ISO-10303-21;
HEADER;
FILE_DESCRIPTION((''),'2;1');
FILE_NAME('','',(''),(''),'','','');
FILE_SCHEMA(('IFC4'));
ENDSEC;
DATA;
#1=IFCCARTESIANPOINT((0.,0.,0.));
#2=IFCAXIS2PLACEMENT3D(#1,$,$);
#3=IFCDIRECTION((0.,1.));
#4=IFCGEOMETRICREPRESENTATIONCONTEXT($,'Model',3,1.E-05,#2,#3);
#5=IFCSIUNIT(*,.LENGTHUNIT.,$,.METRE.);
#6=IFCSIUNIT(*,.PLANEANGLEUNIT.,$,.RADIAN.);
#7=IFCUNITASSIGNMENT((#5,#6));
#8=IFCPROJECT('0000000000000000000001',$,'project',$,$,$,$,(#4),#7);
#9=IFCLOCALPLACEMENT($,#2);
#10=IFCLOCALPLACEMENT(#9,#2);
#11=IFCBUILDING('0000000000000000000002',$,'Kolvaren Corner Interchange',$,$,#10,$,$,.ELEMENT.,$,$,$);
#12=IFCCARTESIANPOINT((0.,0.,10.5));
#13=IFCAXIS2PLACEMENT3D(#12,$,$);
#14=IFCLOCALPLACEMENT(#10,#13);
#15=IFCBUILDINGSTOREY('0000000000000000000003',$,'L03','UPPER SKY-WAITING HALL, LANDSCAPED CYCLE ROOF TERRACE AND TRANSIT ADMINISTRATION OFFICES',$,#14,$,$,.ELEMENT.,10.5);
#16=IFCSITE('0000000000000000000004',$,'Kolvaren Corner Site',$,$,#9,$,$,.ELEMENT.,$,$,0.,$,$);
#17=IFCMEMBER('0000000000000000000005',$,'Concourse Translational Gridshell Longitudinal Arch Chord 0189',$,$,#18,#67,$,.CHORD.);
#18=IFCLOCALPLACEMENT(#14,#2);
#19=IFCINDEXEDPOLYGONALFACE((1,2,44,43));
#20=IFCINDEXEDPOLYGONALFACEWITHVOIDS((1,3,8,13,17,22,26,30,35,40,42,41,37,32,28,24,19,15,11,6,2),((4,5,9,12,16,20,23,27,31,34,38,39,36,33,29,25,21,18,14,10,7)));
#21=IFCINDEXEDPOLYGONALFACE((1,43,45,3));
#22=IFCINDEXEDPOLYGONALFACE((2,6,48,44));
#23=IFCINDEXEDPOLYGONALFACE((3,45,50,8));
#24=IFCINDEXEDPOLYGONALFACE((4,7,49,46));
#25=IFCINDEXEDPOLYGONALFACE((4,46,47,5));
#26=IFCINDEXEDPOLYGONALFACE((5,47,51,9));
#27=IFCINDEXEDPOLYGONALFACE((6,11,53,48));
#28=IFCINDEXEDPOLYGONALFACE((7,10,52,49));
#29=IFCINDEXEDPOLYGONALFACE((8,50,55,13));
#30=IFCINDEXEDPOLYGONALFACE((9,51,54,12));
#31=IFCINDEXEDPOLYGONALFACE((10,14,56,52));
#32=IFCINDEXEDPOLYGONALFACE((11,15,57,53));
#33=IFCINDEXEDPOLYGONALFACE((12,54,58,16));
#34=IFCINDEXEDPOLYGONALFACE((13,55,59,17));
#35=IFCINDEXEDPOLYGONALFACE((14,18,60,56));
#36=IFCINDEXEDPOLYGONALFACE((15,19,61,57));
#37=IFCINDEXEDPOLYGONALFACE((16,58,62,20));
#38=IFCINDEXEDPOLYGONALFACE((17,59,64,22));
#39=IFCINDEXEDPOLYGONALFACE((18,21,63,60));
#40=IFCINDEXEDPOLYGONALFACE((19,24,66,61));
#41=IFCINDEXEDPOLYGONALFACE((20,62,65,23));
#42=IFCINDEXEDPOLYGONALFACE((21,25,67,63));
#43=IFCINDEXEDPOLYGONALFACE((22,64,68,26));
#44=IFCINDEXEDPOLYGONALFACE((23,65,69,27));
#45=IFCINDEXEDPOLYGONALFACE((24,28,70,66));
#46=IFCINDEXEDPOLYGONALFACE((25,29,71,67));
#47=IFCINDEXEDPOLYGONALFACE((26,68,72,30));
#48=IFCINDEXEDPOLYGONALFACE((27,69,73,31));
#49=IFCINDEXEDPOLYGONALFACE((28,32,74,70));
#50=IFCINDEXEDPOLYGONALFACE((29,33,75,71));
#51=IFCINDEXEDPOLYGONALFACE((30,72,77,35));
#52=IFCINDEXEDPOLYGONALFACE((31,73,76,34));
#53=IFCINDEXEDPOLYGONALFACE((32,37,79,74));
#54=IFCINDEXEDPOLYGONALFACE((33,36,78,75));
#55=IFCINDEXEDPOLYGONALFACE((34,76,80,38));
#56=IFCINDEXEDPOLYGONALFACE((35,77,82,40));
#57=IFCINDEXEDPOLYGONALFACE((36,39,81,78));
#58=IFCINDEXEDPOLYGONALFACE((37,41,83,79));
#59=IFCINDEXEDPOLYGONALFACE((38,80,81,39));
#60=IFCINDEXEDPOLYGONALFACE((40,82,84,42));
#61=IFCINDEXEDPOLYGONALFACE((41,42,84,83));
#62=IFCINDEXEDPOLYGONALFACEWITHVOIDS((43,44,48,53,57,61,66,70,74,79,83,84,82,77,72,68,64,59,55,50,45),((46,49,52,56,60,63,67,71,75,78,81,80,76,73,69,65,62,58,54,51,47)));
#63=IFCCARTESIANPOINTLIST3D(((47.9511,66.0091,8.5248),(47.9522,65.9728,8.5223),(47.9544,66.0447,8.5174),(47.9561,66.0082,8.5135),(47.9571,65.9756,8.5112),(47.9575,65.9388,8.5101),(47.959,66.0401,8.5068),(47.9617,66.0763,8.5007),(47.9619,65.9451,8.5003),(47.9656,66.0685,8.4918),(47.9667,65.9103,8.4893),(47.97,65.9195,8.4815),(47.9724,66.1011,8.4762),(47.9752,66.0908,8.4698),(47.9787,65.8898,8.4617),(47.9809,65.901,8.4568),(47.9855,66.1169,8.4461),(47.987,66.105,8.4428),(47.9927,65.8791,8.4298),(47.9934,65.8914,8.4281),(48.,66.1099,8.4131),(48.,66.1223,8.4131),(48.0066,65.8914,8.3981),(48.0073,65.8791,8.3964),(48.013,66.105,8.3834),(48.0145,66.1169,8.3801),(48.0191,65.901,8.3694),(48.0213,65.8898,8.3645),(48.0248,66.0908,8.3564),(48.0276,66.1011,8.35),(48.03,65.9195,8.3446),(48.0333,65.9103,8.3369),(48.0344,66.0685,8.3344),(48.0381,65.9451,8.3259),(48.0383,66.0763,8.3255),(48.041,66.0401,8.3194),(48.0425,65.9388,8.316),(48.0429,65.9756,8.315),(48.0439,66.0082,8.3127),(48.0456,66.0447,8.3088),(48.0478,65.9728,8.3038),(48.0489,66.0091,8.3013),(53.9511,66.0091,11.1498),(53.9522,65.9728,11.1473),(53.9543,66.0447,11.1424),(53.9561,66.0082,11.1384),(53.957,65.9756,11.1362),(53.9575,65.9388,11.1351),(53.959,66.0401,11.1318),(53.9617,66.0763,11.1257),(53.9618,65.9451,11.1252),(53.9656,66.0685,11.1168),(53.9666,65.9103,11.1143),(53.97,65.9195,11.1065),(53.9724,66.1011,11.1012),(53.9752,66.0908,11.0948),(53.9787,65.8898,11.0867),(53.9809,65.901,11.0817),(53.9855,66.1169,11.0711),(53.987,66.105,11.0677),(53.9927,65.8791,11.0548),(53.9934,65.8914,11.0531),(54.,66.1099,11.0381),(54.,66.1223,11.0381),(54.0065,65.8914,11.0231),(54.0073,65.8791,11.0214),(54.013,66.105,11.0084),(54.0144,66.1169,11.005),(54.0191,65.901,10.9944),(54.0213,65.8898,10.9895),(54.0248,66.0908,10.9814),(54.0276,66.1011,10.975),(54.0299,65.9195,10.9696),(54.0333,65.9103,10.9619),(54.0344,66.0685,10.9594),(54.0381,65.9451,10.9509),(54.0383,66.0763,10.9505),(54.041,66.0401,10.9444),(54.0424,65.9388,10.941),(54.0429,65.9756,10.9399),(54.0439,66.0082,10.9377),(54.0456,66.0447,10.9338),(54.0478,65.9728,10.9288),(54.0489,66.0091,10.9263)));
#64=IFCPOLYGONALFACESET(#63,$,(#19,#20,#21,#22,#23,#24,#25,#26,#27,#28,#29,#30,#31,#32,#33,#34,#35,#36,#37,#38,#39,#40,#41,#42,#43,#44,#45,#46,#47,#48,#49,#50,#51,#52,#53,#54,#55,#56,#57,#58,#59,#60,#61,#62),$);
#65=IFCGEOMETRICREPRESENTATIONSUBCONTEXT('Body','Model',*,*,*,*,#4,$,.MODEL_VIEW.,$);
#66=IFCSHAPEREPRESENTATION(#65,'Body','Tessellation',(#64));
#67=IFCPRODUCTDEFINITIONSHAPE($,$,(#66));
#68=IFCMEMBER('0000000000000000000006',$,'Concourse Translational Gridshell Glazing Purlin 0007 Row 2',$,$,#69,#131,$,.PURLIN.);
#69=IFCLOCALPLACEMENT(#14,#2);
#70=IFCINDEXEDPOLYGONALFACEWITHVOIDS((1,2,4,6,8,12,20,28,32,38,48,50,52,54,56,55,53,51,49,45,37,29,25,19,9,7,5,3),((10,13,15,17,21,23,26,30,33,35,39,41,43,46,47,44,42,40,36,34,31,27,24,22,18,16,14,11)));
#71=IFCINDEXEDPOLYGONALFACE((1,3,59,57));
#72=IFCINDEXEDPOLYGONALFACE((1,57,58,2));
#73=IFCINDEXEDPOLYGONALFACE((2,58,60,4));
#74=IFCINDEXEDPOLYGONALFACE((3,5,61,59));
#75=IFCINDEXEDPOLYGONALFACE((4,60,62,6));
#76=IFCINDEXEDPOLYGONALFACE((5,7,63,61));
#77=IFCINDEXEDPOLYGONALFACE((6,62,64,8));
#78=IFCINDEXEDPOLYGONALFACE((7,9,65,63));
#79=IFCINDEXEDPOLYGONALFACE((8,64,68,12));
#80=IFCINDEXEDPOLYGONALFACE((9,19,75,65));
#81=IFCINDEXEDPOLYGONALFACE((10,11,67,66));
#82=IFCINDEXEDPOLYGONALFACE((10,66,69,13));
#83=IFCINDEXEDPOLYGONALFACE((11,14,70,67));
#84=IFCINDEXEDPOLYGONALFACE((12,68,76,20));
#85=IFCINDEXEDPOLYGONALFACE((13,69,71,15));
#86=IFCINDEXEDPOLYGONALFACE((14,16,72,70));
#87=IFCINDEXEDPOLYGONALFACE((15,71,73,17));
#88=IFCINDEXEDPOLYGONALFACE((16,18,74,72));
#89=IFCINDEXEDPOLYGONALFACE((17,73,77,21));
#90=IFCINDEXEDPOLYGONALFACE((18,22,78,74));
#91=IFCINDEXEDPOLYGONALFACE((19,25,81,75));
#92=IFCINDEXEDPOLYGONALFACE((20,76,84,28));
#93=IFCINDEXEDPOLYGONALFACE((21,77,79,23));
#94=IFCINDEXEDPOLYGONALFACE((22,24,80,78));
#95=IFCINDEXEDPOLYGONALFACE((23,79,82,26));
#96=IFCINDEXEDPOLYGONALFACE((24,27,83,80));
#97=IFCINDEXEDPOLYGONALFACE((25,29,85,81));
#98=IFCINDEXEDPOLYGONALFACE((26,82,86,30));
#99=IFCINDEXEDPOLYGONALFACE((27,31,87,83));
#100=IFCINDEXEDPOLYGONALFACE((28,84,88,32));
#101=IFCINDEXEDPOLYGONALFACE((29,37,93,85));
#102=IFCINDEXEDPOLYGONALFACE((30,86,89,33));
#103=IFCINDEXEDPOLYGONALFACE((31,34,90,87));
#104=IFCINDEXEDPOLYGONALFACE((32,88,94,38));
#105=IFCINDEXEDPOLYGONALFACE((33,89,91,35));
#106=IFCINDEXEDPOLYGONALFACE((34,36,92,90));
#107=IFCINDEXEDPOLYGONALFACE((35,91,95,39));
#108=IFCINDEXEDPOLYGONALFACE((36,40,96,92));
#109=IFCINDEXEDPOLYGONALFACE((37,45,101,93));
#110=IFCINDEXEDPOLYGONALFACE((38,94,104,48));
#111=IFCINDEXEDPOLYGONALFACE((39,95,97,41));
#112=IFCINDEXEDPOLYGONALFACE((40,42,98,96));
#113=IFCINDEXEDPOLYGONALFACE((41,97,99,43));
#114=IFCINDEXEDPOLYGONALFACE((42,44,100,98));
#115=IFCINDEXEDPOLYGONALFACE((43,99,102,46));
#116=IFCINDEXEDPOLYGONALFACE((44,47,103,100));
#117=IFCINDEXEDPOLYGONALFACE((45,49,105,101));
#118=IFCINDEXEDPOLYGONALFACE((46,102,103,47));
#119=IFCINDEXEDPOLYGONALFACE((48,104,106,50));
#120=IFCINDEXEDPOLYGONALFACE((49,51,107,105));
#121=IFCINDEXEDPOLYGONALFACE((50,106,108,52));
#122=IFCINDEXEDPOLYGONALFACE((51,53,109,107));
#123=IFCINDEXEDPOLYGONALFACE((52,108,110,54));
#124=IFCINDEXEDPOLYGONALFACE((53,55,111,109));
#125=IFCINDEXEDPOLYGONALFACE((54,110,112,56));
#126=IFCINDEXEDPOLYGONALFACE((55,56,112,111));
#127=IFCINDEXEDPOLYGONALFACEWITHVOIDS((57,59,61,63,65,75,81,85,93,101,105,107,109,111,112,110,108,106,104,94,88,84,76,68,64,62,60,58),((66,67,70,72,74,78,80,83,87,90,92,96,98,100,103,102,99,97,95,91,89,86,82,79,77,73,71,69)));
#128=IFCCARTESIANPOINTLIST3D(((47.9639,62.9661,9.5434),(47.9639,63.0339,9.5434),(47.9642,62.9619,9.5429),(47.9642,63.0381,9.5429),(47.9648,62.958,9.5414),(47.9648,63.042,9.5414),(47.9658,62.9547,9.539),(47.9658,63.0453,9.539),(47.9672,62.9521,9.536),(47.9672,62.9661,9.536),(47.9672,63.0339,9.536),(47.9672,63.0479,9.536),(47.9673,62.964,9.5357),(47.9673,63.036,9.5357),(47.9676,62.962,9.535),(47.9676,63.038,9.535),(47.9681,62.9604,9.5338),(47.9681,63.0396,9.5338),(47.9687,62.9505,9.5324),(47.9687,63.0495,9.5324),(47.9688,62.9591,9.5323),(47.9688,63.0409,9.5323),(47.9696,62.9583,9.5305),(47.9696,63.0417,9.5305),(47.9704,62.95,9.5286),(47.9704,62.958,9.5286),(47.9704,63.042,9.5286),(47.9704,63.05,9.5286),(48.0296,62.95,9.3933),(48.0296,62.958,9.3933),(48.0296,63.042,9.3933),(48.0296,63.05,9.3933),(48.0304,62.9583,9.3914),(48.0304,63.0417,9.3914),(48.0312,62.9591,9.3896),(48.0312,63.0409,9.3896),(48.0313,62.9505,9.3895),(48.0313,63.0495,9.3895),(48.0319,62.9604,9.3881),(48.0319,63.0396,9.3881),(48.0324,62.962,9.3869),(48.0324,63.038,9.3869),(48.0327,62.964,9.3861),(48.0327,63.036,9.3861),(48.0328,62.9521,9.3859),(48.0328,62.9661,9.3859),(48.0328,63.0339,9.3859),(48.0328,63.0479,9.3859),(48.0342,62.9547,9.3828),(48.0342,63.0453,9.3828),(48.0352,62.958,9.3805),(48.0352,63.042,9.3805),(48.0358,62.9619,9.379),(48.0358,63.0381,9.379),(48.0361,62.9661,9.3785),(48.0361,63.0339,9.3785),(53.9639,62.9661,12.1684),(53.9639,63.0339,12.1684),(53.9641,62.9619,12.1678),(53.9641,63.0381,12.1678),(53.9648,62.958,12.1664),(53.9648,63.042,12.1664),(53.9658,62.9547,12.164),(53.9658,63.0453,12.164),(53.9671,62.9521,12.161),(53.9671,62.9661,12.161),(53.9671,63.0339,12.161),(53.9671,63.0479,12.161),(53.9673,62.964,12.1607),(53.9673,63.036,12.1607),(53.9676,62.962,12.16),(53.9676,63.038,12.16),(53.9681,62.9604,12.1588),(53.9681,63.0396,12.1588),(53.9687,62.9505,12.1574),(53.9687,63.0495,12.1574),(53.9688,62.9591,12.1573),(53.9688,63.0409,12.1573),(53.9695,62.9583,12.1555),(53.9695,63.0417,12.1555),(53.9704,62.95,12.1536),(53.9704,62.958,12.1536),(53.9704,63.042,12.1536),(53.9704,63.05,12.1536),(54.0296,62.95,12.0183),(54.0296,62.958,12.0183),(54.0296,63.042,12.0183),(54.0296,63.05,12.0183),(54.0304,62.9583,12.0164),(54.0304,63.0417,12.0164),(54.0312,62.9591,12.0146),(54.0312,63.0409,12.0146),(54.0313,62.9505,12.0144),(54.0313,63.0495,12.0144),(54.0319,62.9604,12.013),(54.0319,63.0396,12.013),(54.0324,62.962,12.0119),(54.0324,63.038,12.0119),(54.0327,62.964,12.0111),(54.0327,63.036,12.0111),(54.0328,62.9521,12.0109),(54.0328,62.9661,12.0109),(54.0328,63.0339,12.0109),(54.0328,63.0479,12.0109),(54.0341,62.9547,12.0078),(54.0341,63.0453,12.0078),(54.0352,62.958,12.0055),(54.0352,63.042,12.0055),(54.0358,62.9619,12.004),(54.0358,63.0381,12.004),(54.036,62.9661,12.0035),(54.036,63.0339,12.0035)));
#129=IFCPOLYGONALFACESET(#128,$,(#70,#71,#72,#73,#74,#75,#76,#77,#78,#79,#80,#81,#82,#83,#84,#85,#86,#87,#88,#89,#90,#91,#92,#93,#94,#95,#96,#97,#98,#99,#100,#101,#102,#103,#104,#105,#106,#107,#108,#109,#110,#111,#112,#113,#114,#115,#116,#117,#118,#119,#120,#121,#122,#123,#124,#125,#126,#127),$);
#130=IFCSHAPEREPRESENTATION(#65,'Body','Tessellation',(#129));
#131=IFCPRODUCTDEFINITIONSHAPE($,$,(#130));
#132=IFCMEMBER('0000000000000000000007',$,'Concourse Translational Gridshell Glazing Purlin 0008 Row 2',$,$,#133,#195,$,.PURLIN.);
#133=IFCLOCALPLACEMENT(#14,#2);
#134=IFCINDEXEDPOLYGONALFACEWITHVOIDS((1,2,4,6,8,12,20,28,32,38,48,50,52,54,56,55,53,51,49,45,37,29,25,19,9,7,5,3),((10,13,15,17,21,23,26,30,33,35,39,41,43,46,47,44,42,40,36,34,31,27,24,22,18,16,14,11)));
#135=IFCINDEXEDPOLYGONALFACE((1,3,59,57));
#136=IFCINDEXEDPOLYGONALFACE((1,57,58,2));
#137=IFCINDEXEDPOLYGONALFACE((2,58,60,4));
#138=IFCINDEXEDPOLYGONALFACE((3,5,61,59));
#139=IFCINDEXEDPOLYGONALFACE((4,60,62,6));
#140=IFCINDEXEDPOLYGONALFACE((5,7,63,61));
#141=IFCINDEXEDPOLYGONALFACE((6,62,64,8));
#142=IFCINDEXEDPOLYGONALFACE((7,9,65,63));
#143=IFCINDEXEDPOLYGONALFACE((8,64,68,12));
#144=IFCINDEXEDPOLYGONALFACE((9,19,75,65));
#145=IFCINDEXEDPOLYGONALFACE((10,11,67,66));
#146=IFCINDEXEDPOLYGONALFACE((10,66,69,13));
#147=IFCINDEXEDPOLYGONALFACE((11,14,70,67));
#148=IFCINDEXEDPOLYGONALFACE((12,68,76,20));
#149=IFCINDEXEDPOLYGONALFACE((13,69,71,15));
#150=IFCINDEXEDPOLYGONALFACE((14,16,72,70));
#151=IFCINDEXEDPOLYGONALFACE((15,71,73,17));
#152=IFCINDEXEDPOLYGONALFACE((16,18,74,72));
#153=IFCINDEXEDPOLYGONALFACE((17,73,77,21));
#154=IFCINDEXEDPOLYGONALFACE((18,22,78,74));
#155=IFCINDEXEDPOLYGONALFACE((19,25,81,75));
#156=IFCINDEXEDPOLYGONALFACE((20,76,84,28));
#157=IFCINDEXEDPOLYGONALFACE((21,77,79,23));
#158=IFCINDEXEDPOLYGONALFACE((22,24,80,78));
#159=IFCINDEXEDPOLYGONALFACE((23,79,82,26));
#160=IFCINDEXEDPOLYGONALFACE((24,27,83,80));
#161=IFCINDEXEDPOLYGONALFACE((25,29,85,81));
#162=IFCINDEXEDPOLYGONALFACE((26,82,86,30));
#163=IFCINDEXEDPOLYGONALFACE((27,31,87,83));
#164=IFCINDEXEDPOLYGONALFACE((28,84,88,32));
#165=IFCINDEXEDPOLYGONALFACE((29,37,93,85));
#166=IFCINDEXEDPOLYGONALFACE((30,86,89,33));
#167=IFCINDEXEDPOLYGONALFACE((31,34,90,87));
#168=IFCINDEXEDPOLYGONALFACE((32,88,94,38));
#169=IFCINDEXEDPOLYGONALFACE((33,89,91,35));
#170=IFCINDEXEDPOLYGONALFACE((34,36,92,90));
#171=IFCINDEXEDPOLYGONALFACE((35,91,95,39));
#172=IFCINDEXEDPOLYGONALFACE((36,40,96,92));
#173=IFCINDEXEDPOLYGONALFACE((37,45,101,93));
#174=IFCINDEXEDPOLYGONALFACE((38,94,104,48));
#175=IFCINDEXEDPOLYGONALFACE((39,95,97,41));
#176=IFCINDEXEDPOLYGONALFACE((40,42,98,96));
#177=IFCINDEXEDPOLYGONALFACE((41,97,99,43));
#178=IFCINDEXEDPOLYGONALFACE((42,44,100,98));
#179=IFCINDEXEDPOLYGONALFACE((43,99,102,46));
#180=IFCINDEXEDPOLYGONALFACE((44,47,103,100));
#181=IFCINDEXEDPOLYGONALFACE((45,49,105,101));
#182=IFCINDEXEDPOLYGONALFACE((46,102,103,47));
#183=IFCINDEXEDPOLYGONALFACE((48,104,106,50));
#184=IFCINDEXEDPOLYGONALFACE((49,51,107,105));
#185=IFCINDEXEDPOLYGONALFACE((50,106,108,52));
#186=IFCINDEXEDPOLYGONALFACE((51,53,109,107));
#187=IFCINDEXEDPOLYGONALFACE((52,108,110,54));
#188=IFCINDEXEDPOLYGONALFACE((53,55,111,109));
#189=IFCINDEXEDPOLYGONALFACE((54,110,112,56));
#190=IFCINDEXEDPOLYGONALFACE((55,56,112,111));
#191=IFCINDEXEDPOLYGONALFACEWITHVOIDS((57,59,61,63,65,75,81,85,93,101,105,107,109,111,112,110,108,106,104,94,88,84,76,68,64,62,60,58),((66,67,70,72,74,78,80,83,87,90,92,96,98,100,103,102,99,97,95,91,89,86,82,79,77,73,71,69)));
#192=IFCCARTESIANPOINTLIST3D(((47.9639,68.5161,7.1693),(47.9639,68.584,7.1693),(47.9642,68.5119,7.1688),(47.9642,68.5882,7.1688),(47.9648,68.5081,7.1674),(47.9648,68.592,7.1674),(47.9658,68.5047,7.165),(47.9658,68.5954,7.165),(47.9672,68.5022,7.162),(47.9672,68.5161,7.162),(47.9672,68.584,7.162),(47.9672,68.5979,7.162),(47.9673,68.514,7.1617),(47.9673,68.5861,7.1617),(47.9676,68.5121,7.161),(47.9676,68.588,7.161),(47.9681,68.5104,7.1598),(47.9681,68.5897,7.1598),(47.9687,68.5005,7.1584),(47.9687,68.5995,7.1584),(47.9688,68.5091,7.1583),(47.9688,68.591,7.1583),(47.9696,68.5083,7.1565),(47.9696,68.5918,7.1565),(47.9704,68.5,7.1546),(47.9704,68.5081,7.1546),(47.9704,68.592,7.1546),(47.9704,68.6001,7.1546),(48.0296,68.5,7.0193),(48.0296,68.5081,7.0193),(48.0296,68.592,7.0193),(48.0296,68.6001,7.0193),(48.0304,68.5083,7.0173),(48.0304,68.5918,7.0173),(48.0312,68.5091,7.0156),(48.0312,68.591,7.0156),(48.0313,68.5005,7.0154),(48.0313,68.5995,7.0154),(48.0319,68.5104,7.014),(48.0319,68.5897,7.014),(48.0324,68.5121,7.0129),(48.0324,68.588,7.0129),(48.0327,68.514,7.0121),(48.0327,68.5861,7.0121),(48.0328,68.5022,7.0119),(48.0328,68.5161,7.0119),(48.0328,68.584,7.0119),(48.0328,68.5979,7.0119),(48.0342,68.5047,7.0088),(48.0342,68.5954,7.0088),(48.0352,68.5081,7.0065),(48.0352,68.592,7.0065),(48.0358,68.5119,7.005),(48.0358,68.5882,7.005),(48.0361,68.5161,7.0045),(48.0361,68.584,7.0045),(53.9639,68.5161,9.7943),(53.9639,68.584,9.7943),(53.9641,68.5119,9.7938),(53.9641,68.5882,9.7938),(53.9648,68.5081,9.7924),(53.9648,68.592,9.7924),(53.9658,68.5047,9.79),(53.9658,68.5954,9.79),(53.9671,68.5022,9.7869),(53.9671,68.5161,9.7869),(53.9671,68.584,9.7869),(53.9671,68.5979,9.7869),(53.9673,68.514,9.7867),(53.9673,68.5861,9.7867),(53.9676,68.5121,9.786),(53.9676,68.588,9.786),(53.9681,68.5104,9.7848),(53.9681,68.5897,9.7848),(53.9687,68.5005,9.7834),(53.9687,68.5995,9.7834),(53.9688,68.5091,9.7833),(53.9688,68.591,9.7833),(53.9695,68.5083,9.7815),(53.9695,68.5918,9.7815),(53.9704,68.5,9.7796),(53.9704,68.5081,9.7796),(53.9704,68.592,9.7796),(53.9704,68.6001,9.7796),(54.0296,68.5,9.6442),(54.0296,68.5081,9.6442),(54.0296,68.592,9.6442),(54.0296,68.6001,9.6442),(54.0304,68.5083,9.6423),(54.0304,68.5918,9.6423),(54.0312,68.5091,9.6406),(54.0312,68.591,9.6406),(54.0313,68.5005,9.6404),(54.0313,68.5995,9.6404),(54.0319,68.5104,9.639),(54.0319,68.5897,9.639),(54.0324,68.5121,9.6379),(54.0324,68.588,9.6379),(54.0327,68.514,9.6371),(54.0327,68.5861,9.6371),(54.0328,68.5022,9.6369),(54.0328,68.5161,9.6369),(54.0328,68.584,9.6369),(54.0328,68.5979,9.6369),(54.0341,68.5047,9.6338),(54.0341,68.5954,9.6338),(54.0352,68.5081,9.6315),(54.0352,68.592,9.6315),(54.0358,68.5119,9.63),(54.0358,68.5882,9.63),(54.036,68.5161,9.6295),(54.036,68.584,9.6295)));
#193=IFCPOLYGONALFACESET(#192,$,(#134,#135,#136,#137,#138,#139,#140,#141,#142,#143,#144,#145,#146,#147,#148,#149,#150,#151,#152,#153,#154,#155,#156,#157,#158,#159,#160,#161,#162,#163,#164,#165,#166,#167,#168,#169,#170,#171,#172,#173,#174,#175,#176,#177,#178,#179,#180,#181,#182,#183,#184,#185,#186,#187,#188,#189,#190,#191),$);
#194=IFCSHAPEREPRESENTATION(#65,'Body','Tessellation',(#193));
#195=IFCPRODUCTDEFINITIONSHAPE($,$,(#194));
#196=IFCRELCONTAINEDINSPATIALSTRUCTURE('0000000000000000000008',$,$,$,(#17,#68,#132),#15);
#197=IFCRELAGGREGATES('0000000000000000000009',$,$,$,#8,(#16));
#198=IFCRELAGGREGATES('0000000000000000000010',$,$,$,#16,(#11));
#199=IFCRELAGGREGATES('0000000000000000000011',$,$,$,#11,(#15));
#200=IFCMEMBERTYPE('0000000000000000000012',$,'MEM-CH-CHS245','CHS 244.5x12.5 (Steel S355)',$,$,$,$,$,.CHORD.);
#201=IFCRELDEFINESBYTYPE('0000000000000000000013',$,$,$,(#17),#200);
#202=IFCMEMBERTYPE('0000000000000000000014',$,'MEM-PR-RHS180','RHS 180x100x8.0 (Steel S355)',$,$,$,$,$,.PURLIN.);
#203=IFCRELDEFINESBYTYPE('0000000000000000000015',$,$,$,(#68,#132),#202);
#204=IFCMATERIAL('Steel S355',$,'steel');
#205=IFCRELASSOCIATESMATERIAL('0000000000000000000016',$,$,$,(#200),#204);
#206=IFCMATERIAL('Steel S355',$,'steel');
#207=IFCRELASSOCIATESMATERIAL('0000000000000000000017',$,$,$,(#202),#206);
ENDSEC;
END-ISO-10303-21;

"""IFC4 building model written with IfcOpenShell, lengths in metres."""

from ifc_helpers import new_model, si_unit, direction, frame, origin, origin_2d, place, context, subcontext, project, spatial, hollow_rectangle, hollow_circle, extrude, material, material_profile, profile_set, type_object, element, save


model = new_model("IFC4")

# Units and contexts
model_context = context("Model", 3, precision=1e-05, world=origin(), true_north=direction((0.0, 1.0)))
body_context = subcontext(model_context, "Body", "Model", "MODEL_VIEW")
ifc_project = project(units=[si_unit("LENGTHUNIT", "METRE"), si_unit("PLANEANGLEUNIT", "RADIAN")], contexts=[model_context])

# Site, building, storey
site_placement = place(None, origin())
site = spatial("IfcSite", under=ifc_project, at=site_placement, Name="Kolvaren Corner Site", CompositionType="ELEMENT", RefElevation=0.0)
building_placement = place(site_placement, origin())
building = spatial("IfcBuilding", under=site, at=building_placement, Name="Kolvaren Corner Interchange", CompositionType="ELEMENT")
storey_placement = place(building_placement, frame((0.0, 0.0, 10.5)))
storey = spatial("IfcBuildingStorey", under=building, at=storey_placement, Name="L03", Description="UPPER SKY-WAITING HALL, LANDSCAPED CYCLE ROOF TERRACE AND TRANSIT ADMINISTRATION OFFICES", CompositionType="ELEMENT", Elevation=10.5)

# Members
ifc_material_1 = material(Name="Steel S355", Category="steel")
ifc_material_profile_1 = material_profile(ifc_material_1, hollow_circle(Radius=0.1223, WallThickness=0.0125, at=origin_2d()), Name="CHS 244.5x12.5")
ifc_profile_set_1 = profile_set([ifc_material_profile_1], Name="Steel S355")
member_type_1 = type_object("IfcMemberType", Name="MEM-CH-CHS245", Description="CHS 244.5x12.5 (Steel S355)", PredefinedType="CHORD", material=ifc_profile_set_1)
for number, where, z_axis, x_axis, name in (
    (1, (48.0, 66.0, 8.4131), (0.916157, 0.0, 0.400819), (0.0, 1.0, 0.0), "Concourse Translational Gridshell Longitudinal Arch Chord 0189"),
):
    element("IfcMember", number, at=place(storey_placement, frame(where, z_axis=z_axis, x_axis=x_axis)), inside=storey, type_object=member_type_1, Name=name, PredefinedType="CHORD", context=body_context, shape_type="SweptSolid", body=[
        extrude(hollow_circle(Radius=0.1223, WallThickness=0.0125, at=origin_2d()), origin(), (0.0, 0.0, 1.0), 6.5491),
    ])
ifc_material_2 = material(Name="Steel S355", Category="steel")
ifc_material_profile_2 = material_profile(ifc_material_2, hollow_rectangle(XDim=0.1001, YDim=0.1799, WallThickness=0.0081, InnerFilletRadius=0.0081, OuterFilletRadius=0.0161, at=origin_2d()), Name="RHS 180x100x8.0")
ifc_profile_set_2 = profile_set([ifc_material_profile_2], Name="Steel S355")
member_type_2 = type_object("IfcMemberType", Name="MEM-PR-RHS180", Description="RHS 180x100x8.0 (Steel S355)", PredefinedType="PURLIN", material=ifc_profile_set_2)
for number, where, z_axis, x_axis, name in (
    (2, (48.0, 63.0, 9.4609), (0.916157, 0.0, 0.400819), (0.0, 1.0, 0.0), "Concourse Translational Gridshell Glazing Purlin 0007 Row 2"),
    (3, (48.0, 68.55, 7.0869), (0.916157, 0.0, 0.400819), (0.0, 1.0, 0.0), "Concourse Translational Gridshell Glazing Purlin 0008 Row 2"),
):
    element("IfcMember", number, at=place(storey_placement, frame(where, z_axis=z_axis, x_axis=x_axis)), inside=storey, type_object=member_type_2, Name=name, PredefinedType="PURLIN", context=body_context, shape_type="SweptSolid", body=[
        extrude(hollow_rectangle(XDim=0.1001, YDim=0.1799, WallThickness=0.0081, InnerFilletRadius=0.0081, OuterFilletRadius=0.0161, at=origin_2d()), origin(), (0.0, 0.0, 1.0), 6.5491),
    ])

save(model, "model.ifc")
